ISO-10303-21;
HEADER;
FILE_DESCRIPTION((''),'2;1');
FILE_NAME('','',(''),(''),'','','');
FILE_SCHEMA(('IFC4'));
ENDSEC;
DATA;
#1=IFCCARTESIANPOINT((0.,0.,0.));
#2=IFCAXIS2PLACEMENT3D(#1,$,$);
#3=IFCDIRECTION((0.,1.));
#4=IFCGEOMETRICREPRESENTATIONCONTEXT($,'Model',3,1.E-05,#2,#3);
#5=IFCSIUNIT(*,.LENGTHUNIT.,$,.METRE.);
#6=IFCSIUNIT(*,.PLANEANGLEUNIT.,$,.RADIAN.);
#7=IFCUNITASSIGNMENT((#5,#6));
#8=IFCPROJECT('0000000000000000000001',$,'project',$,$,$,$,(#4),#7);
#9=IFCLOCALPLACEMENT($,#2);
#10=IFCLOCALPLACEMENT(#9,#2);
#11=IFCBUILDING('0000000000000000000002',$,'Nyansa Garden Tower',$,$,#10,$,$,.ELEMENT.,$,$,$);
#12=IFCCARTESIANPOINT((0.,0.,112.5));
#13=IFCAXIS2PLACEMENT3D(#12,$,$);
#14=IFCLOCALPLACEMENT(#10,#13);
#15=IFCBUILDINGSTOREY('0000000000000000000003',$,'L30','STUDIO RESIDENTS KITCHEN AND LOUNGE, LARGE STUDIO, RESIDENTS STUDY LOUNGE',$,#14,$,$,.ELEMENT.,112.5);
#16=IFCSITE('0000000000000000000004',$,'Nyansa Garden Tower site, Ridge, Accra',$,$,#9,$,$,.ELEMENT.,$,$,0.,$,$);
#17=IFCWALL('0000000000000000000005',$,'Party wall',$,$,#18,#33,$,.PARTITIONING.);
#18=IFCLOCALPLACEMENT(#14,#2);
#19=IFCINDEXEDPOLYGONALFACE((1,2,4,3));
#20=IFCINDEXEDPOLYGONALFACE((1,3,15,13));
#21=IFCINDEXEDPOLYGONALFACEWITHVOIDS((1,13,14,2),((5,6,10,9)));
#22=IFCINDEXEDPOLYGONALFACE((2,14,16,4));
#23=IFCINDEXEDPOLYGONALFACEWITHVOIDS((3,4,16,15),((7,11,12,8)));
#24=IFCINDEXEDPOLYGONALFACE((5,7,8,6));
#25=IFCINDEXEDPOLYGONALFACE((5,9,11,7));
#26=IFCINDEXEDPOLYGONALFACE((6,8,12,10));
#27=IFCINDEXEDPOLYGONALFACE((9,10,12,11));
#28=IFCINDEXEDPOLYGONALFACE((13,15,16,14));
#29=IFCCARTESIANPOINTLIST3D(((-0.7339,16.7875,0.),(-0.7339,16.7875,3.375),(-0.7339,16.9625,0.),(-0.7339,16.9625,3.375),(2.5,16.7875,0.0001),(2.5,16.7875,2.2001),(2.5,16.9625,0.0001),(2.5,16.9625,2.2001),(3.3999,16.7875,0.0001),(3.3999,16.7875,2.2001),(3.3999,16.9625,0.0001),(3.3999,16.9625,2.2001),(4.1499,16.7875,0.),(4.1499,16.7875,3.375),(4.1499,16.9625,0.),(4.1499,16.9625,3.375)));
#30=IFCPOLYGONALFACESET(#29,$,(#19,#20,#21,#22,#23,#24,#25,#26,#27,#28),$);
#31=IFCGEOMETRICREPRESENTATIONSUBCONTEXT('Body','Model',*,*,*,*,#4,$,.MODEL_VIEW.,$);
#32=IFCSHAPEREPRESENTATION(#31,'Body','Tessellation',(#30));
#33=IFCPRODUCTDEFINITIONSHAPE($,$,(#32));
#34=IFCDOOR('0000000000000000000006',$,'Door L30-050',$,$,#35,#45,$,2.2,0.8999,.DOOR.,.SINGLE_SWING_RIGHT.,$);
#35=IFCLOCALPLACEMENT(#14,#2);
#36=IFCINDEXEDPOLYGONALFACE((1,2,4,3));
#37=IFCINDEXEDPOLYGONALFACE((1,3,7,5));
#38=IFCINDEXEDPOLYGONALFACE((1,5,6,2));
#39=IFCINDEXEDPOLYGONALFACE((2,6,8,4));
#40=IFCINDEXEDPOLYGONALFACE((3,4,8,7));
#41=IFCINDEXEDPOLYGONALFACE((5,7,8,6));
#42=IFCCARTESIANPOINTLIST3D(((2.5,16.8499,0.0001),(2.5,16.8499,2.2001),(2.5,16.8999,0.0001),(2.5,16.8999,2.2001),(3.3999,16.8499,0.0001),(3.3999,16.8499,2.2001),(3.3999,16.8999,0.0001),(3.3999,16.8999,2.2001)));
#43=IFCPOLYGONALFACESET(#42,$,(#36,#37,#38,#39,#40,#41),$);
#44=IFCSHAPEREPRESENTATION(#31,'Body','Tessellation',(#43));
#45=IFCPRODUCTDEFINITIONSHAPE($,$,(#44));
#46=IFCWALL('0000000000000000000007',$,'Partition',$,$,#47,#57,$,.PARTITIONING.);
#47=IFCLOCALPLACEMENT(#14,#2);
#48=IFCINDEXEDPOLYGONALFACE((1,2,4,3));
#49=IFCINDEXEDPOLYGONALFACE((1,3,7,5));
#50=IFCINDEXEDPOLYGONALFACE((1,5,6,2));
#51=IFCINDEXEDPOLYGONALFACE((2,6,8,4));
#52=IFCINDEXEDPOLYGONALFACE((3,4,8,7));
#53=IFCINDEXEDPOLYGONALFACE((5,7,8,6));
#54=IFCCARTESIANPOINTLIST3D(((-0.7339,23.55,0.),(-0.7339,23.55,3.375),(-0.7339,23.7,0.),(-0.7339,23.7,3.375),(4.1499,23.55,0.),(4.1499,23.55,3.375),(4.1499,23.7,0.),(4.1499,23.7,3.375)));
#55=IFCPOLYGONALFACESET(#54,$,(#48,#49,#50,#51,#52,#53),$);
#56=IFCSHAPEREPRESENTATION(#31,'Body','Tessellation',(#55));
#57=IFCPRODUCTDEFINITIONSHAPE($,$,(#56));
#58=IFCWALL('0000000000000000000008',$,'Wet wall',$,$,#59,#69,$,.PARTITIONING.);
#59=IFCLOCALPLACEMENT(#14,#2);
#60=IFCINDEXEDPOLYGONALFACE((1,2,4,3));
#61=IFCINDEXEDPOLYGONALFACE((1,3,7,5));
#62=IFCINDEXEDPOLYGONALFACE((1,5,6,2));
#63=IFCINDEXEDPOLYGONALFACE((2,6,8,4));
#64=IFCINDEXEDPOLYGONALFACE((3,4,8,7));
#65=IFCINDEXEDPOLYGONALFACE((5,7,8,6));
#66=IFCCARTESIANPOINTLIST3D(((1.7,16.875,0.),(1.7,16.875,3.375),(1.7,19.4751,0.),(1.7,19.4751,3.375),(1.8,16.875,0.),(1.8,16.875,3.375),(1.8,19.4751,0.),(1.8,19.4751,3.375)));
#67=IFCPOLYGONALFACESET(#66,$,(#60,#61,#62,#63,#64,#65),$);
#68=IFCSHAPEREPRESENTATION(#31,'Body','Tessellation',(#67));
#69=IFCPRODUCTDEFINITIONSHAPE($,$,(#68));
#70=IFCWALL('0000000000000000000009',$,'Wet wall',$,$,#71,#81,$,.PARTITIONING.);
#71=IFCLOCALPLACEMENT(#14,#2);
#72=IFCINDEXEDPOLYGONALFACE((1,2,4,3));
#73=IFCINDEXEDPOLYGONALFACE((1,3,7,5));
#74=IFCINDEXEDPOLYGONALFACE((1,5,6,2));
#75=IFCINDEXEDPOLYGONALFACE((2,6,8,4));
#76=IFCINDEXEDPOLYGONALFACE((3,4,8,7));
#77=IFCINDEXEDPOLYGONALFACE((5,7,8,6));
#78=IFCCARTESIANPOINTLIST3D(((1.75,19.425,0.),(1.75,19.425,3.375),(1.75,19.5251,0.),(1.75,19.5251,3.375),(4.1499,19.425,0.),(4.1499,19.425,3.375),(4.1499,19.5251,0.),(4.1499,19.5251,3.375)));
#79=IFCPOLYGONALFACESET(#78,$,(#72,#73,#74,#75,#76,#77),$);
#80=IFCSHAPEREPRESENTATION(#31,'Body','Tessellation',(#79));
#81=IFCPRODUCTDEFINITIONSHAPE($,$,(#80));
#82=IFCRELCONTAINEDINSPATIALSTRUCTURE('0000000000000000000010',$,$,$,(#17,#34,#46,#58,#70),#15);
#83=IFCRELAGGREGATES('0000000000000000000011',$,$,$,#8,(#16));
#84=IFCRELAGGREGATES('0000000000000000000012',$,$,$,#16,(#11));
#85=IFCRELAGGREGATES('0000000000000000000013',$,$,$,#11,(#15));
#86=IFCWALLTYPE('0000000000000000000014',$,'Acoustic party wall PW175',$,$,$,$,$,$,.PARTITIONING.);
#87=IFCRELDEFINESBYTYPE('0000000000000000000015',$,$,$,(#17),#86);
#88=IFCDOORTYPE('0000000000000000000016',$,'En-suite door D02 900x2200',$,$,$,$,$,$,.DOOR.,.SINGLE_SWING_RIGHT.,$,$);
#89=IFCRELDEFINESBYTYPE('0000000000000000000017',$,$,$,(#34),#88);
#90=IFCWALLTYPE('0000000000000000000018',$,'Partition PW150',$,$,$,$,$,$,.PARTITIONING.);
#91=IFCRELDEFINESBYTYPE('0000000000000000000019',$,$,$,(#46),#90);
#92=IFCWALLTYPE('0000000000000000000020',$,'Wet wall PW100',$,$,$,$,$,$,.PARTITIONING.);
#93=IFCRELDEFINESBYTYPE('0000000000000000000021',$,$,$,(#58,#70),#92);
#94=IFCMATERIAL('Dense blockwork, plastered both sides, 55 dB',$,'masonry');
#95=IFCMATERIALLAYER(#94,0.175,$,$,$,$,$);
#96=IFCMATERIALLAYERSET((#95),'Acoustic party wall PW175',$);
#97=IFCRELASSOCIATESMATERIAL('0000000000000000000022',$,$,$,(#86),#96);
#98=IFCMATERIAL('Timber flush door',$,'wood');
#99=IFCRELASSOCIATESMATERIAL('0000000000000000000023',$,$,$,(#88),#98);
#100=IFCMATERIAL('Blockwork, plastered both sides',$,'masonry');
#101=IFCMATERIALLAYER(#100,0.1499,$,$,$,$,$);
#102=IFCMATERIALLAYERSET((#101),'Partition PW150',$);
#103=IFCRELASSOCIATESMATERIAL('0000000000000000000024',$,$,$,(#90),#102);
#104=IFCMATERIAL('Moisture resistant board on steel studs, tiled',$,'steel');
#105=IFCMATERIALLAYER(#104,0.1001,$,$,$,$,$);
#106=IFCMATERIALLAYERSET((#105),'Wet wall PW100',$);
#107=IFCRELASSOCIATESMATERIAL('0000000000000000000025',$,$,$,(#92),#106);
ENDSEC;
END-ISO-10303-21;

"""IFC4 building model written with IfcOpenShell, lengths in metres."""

from ifc_helpers import new_model, si_unit, direction, frame, frame_2d, origin, place, context, subcontext, project, spatial, rectangle, extrude, material, layer, layer_set, type_object, element, fill, save


model = new_model("IFC4")

# Units and contexts
model_context = context("Model", 3, precision=1e-05, world=origin(), true_north=direction((0.0, 1.0)))
body_context = subcontext(model_context, "Body", "Model", "MODEL_VIEW")
ifc_project = project(units=[si_unit("LENGTHUNIT", "METRE"), si_unit("PLANEANGLEUNIT", "RADIAN")], contexts=[model_context])

# Site, building, storey
site_placement = place(None, origin())
site = spatial("IfcSite", under=ifc_project, at=site_placement, Name="Nyansa Garden Tower site, Ridge, Accra", CompositionType="ELEMENT", RefElevation=0.0)
building_placement = place(site_placement, origin())
building = spatial("IfcBuilding", under=site, at=building_placement, Name="Nyansa Garden Tower", CompositionType="ELEMENT")
storey_placement = place(building_placement, frame((0.0, 0.0, 112.5)))
storey = spatial("IfcBuildingStorey", under=building, at=storey_placement, Name="L30", Description="STUDIO RESIDENTS KITCHEN AND LOUNGE, LARGE STUDIO, RESIDENTS STUDY LOUNGE", CompositionType="ELEMENT", Elevation=112.5)

# Wall, opening, door
ifc_material_1 = material(Name="Dense blockwork, plastered both sides, 55 dB", Category="masonry")
ifc_layer_1 = layer(ifc_material_1, 0.175)
ifc_layer_set_1 = layer_set([ifc_layer_1], Name="Acoustic party wall PW175")
wall_type_1 = type_object("IfcWallType", Name="Acoustic party wall PW175", PredefinedType="PARTITIONING", material=ifc_layer_set_1)
wall_1_placement = place(storey_placement, frame((-0.7339, 16.875, 0.0), z_axis=(0.0, 0.0, 1.0), x_axis=(1.0, 0.0, 0.0)))
wall_1 = element("IfcWall", 1, at=wall_1_placement, inside=storey, type_object=wall_type_1, Name="Party wall", PredefinedType="PARTITIONING", context=body_context, shape_type="SweptSolid", body=[
    extrude(rectangle(XDim=4.8838, YDim=0.175, at=frame_2d((2.4419, 0.0))), origin(), (0.0, 0.0, 1.0), 3.375),
])
opening_placement = place(wall_1_placement, frame((3.2339, 0.0, 0.0)))
opening = element("IfcOpeningElement", 2, at=opening_placement, cuts=wall_1, PredefinedType="OPENING", context=body_context, shape_type="SweptSolid", body=[
    extrude(rectangle(XDim=0.8999, YDim=2.2, at=frame_2d((0.45, 1.1001))), frame((0.0, 0.0974, 0.0), z_axis=(0.0, -1.0, 0.0), x_axis=(1.0, 0.0, 0.0)), (0.0, 0.0, 1.0), 0.1951),
])
ifc_material_2 = material(Name="Timber flush door", Category="wood")
door_type = type_object("IfcDoorType", Name="En-suite door D02 900x2200", OperationType="SINGLE_SWING_RIGHT", PredefinedType="DOOR", material=ifc_material_2)
door_placement = place(opening_placement, origin())
door = element("IfcDoor", 3, at=door_placement, inside=storey, type_object=door_type, Name="Door L30-050", OperationType="SINGLE_SWING_RIGHT", OverallHeight=2.2, OverallWidth=0.8999, PredefinedType="DOOR", context=body_context, shape_type="SweptSolid", body=[
    extrude(rectangle(XDim=0.8999, YDim=2.2, at=frame_2d((0.45, 1.1001))), frame((0.0, 0.0249, 0.0), z_axis=(0.0, -1.0, 0.0), x_axis=(1.0, 0.0, 0.0)), (0.0, 0.0, 1.0), 0.05),
])
fill(opening, door)

# Walls
ifc_material_3 = material(Name="Blockwork, plastered both sides", Category="masonry")
ifc_layer_2 = layer(ifc_material_3, 0.1499)
ifc_layer_set_2 = layer_set([ifc_layer_2], Name="Partition PW150")
wall_type_2 = type_object("IfcWallType", Name="Partition PW150", PredefinedType="PARTITIONING", material=ifc_layer_set_2)
wall_2_placement = place(storey_placement, frame((-0.7339, 23.625, 0.0), z_axis=(0.0, 0.0, 1.0), x_axis=(1.0, 0.0, 0.0)))
element("IfcWall", 4, at=wall_2_placement, inside=storey, type_object=wall_type_2, Name="Partition", PredefinedType="PARTITIONING", context=body_context, shape_type="SweptSolid", body=[
    extrude(rectangle(XDim=4.8838, YDim=0.1499, at=frame_2d((2.4419, 0.0))), origin(), (0.0, 0.0, 1.0), 3.375),
])
ifc_material_4 = material(Name="Moisture resistant board on steel studs, tiled", Category="steel")
ifc_layer_3 = layer(ifc_material_4, 0.1001)
ifc_layer_set_3 = layer_set([ifc_layer_3], Name="Wet wall PW100")
wall_type_3 = type_object("IfcWallType", Name="Wet wall PW100", PredefinedType="PARTITIONING", material=ifc_layer_set_3)
wall_3_placement = place(storey_placement, frame((1.75, 16.875, 0.0), z_axis=(0.0, 0.0, 1.0), x_axis=(0.0, 1.0, 0.0)))
element("IfcWall", 5, at=wall_3_placement, inside=storey, type_object=wall_type_3, Name="Wet wall", PredefinedType="PARTITIONING", context=body_context, shape_type="SweptSolid", body=[
    extrude(rectangle(XDim=2.6001, YDim=0.1001, at=frame_2d((1.3, 0.0))), origin(), (0.0, 0.0, 1.0), 3.375),
])
wall_4_placement = place(storey_placement, frame((1.75, 19.4751, 0.0), z_axis=(0.0, 0.0, 1.0), x_axis=(1.0, 0.0, 0.0)))
element("IfcWall", 6, at=wall_4_placement, inside=storey, type_object=wall_type_3, Name="Wet wall", PredefinedType="PARTITIONING", context=body_context, shape_type="SweptSolid", body=[
    extrude(rectangle(XDim=2.3999, YDim=0.1001, at=frame_2d((1.2, 0.0))), origin(), (0.0, 0.0, 1.0), 3.375),
])

save(model, "model.ifc")
